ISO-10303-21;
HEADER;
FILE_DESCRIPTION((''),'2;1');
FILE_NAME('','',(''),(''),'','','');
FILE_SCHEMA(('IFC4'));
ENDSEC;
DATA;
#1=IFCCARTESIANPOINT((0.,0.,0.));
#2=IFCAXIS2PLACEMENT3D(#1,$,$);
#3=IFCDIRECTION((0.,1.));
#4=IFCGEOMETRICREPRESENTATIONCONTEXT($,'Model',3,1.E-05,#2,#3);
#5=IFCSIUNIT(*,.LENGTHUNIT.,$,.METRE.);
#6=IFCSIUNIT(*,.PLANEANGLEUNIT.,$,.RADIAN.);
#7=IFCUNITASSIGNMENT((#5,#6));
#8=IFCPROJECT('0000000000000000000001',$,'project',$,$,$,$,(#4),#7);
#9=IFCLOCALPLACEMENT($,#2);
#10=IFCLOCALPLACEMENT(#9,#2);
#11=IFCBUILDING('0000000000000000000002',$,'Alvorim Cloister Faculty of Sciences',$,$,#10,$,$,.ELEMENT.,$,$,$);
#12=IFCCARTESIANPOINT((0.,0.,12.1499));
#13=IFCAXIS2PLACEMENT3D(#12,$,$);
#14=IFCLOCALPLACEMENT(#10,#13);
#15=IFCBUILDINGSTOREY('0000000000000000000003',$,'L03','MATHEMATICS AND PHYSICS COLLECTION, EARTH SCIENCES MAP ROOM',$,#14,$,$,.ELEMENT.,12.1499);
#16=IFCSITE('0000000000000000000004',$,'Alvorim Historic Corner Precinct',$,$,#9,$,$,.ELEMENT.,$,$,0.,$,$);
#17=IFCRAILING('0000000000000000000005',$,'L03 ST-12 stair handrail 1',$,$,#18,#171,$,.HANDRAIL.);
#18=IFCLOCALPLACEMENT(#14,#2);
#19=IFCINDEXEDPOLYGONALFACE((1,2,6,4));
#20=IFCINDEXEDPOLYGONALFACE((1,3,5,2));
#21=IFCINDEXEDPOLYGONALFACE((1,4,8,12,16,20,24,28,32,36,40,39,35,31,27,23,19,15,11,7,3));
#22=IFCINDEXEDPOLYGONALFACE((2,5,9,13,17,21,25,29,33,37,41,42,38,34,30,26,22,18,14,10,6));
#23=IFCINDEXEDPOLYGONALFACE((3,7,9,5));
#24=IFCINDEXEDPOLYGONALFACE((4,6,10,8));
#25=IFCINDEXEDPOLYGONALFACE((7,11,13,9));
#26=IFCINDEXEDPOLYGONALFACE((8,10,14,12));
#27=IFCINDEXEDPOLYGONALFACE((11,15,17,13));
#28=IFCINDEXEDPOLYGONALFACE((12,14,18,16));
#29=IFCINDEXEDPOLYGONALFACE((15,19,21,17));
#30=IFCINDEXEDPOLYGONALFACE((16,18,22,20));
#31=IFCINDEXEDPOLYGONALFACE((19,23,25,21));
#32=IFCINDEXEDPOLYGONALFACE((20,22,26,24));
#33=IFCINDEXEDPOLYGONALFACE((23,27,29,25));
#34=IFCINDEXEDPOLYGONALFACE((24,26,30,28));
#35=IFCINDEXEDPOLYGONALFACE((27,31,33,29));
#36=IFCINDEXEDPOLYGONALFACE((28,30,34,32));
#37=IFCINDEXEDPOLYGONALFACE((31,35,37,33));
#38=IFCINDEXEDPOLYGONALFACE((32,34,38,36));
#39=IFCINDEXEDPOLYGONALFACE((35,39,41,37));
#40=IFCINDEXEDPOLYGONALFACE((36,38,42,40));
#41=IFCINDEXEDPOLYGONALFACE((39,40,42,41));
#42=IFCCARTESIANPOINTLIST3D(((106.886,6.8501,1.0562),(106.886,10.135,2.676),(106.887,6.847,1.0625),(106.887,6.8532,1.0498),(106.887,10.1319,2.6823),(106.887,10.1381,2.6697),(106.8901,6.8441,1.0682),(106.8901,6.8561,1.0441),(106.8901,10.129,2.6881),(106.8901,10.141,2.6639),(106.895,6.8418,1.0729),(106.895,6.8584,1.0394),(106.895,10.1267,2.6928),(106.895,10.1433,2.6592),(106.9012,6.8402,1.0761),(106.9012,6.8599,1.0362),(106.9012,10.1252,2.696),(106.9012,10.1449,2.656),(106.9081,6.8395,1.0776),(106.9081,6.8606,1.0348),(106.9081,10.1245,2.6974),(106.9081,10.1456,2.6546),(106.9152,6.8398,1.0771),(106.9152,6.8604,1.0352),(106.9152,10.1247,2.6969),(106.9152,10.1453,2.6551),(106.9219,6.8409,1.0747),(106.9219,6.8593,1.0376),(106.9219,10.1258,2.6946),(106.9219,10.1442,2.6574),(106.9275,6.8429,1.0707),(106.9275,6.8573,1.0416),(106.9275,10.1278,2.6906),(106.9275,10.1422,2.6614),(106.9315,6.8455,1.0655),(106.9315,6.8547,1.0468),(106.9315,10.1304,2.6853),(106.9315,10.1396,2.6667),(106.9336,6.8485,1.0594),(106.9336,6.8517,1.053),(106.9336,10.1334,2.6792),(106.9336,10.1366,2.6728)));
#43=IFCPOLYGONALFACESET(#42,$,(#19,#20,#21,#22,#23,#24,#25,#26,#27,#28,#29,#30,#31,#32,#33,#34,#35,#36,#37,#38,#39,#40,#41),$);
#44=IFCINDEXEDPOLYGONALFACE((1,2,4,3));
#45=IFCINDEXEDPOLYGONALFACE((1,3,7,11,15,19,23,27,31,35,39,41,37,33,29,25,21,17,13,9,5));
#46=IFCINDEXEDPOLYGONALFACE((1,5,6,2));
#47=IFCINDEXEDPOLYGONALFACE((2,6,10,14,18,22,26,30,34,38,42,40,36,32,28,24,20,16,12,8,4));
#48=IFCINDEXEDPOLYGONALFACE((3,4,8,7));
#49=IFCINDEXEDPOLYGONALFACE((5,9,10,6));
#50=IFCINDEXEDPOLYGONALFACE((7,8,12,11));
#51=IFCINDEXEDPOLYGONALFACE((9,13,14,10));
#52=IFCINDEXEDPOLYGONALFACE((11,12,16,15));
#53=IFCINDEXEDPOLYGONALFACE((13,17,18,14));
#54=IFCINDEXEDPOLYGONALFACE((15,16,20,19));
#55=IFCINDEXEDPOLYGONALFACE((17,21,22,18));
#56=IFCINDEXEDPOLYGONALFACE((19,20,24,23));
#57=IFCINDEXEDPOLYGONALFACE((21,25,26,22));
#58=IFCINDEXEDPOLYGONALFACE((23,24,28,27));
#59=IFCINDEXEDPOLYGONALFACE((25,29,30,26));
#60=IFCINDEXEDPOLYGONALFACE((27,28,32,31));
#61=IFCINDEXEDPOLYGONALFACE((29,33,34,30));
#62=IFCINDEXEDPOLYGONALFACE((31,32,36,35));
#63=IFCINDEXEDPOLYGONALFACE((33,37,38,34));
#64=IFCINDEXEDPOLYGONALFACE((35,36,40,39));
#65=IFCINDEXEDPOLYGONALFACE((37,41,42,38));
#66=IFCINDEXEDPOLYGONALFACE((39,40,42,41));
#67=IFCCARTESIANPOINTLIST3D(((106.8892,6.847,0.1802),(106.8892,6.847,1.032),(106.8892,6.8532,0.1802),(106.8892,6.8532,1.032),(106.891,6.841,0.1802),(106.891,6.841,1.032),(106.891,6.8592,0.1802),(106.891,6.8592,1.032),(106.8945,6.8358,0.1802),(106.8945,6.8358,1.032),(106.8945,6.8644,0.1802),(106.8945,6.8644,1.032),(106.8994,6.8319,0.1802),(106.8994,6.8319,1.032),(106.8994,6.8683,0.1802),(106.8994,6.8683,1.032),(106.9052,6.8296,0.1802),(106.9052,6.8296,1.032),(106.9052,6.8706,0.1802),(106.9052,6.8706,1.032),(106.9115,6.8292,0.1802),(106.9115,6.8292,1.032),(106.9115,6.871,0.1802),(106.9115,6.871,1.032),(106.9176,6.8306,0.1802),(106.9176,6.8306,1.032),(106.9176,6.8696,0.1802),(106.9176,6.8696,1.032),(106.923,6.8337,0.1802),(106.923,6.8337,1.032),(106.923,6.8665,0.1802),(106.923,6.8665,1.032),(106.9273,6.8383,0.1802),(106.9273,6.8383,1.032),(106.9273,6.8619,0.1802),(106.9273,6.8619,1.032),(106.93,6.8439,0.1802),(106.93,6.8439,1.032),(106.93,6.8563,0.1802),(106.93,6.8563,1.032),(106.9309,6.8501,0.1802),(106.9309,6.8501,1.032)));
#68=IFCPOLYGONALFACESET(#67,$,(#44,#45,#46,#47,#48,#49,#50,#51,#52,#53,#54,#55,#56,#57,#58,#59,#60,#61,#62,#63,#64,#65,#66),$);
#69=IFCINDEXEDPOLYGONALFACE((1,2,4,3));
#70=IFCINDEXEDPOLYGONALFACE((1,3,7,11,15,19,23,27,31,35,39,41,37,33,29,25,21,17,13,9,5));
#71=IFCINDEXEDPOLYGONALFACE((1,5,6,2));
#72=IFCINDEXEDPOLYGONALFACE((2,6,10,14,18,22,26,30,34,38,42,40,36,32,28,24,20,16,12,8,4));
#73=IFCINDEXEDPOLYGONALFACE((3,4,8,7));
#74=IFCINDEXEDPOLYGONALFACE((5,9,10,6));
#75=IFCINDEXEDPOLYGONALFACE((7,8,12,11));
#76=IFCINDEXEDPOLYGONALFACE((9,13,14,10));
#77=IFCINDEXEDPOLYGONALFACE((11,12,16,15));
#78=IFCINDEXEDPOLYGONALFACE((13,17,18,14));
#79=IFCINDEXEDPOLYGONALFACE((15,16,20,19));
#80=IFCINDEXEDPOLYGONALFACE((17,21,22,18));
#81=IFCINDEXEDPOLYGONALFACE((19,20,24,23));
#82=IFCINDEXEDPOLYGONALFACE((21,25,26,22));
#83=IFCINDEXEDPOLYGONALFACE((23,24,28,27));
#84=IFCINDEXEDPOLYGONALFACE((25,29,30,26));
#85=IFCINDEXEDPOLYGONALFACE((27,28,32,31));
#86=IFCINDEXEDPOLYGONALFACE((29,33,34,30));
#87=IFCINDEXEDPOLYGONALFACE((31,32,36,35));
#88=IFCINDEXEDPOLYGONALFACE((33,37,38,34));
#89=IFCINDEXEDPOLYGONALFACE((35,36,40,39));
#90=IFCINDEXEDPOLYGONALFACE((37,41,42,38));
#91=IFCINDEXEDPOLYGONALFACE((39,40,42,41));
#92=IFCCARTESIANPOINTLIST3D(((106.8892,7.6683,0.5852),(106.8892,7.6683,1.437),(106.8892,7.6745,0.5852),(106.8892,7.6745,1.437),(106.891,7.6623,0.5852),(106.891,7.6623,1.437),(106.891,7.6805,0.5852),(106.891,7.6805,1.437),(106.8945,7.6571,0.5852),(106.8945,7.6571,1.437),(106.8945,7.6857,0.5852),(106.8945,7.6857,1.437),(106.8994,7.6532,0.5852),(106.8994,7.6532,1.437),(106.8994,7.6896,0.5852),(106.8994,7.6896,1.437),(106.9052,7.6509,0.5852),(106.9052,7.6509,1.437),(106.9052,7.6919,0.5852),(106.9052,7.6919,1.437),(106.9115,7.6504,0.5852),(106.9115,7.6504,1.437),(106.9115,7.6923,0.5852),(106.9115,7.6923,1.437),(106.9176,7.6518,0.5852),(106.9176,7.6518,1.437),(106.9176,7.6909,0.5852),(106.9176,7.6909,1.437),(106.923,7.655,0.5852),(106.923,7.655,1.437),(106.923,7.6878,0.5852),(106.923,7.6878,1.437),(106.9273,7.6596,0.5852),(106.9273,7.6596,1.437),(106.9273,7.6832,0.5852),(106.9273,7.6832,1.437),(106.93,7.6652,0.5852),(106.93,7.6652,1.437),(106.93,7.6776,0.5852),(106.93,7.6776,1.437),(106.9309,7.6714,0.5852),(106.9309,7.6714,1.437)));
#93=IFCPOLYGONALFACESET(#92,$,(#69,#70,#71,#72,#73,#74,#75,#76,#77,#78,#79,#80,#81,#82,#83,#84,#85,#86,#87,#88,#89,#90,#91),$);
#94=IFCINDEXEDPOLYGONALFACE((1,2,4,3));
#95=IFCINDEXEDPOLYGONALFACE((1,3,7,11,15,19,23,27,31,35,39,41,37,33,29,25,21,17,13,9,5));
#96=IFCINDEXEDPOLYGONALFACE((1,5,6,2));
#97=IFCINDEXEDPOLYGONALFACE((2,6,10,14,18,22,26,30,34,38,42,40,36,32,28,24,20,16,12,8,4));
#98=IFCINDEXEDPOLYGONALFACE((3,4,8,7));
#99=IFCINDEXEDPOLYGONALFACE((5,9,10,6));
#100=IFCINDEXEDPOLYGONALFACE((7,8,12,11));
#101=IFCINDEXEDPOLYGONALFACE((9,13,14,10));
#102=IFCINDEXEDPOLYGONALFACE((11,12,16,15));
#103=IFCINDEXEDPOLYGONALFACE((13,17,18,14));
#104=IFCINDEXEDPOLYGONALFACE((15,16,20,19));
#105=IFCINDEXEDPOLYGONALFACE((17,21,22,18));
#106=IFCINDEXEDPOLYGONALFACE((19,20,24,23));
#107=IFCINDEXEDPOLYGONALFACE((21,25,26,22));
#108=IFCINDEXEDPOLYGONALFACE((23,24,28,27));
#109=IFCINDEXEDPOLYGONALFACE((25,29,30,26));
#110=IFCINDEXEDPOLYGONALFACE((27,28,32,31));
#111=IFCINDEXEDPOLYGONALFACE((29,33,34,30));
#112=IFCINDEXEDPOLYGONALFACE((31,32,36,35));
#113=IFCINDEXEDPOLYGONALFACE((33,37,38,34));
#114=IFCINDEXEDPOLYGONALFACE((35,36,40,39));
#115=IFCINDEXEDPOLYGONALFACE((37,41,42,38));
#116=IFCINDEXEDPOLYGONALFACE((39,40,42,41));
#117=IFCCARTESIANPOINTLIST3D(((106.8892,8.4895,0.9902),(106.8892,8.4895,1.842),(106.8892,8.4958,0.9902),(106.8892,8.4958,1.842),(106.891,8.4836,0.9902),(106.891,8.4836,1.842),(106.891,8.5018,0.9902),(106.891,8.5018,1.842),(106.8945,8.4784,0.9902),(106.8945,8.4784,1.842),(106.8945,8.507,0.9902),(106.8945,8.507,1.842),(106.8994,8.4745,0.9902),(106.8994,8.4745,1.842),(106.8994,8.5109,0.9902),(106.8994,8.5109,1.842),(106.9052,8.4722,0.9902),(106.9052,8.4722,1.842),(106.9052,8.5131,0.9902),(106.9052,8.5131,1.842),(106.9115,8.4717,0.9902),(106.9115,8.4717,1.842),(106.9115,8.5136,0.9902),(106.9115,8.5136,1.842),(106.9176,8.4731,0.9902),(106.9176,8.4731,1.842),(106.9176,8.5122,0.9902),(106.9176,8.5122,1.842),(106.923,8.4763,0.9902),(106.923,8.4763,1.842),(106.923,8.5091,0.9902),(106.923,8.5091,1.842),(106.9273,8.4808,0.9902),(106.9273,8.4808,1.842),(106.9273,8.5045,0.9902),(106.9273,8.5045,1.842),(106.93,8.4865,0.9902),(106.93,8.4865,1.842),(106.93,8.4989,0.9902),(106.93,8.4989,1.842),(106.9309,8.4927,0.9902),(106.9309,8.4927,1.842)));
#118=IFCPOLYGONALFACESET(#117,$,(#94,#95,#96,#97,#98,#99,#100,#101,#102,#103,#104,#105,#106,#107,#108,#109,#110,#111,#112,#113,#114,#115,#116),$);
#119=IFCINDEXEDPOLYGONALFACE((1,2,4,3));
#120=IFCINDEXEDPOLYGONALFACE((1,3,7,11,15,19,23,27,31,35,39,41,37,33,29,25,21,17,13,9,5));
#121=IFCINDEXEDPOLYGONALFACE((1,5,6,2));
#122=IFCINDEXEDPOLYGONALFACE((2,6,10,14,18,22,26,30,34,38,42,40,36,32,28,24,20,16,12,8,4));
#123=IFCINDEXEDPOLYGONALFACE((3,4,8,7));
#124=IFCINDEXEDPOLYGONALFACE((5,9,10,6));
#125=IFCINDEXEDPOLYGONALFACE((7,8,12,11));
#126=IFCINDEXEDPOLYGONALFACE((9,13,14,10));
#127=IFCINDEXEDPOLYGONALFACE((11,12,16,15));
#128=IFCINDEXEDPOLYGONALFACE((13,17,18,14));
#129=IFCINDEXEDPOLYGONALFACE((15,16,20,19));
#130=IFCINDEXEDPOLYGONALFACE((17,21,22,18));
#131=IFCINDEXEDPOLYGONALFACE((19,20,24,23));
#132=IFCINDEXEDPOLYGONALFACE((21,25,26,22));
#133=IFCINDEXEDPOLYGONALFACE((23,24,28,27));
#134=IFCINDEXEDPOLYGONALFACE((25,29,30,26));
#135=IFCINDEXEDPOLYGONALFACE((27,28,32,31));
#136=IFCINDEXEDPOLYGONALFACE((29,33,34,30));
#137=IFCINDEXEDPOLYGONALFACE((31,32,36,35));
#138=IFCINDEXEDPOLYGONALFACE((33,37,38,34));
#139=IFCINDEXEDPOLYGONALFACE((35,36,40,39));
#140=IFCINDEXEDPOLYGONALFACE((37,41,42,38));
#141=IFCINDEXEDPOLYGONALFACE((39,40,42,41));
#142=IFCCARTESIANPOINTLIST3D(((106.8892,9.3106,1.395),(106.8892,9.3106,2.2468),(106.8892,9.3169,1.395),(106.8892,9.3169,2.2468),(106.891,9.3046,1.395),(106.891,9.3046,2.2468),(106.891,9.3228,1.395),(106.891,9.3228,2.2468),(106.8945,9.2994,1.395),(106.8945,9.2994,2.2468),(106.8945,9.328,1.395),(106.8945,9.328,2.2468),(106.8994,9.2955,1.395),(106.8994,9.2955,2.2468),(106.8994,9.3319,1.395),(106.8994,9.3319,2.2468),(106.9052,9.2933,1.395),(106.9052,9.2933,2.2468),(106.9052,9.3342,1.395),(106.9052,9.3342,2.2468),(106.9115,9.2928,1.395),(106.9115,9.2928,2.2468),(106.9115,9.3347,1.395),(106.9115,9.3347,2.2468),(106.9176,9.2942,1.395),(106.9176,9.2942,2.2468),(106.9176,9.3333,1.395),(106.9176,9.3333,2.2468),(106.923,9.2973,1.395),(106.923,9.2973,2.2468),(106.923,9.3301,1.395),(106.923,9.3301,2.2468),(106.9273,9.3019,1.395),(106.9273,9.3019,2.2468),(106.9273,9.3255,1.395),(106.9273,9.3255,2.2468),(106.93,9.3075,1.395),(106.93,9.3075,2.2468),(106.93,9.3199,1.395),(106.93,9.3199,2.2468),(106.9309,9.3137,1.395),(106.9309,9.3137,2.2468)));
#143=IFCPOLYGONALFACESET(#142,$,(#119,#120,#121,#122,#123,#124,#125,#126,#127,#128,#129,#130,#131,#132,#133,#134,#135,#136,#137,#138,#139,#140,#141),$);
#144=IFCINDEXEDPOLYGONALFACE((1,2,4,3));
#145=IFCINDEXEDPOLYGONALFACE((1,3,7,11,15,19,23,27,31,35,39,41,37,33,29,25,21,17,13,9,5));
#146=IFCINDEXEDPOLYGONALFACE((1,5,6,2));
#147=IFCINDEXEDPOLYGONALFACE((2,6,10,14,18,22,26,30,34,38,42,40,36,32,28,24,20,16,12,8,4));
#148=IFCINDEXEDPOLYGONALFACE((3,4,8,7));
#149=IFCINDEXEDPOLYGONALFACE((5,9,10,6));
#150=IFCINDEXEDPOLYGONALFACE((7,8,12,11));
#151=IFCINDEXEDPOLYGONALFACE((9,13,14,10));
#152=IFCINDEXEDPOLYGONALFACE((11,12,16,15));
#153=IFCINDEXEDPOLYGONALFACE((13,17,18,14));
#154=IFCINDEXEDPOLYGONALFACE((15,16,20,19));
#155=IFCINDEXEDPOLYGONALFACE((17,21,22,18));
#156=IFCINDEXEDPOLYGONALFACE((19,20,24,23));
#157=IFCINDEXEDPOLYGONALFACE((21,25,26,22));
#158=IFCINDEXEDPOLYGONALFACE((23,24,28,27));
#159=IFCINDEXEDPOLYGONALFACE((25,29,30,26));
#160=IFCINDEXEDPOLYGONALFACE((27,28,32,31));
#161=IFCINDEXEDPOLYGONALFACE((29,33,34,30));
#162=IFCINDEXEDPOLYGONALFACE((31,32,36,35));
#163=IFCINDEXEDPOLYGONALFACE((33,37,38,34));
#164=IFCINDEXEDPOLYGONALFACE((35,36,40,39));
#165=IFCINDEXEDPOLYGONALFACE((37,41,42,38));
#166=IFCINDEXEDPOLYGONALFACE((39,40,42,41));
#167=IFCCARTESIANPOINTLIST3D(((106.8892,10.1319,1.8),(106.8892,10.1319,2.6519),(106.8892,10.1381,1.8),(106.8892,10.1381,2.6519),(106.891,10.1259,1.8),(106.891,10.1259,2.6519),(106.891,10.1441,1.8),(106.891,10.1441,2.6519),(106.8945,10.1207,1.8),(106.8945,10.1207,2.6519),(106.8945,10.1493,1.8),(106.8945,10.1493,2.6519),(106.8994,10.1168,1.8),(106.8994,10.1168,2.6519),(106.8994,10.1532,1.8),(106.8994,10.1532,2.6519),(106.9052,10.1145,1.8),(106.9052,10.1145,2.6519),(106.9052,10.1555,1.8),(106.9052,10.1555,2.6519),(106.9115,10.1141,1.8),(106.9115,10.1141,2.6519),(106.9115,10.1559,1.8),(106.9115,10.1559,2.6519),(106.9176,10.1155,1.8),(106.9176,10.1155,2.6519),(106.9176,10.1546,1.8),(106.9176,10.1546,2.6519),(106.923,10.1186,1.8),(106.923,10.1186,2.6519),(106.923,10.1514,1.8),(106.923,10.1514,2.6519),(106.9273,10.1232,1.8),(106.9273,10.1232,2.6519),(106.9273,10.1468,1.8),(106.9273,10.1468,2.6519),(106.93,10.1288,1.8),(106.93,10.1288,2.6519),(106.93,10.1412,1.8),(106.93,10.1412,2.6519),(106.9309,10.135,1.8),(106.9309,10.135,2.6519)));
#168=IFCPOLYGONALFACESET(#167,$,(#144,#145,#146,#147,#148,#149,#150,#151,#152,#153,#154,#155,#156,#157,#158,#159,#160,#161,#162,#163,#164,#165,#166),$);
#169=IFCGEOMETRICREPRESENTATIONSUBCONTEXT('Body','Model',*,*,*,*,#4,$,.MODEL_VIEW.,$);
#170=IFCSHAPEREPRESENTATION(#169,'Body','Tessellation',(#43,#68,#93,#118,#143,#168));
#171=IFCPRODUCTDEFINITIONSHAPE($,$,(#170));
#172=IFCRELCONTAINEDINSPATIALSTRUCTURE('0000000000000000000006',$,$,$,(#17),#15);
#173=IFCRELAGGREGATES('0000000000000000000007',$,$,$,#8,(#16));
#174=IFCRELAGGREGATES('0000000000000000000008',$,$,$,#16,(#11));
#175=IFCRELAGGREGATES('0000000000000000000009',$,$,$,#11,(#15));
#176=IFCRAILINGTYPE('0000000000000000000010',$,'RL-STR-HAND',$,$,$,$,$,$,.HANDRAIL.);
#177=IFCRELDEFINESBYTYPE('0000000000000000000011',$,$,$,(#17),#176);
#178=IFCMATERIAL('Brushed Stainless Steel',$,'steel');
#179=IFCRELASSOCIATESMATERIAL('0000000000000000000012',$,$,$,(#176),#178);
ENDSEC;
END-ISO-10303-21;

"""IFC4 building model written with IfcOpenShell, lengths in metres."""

from ifc_helpers import new_model, si_unit, direction, frame, origin, origin_2d, place, context, subcontext, project, spatial, circle, extrude, material, type_object, element, save


model = new_model("IFC4")

# Units and contexts
model_context = context("Model", 3, precision=1e-05, world=origin(), true_north=direction((0.0, 1.0)))
body_context = subcontext(model_context, "Body", "Model", "MODEL_VIEW")
ifc_project = project(units=[si_unit("LENGTHUNIT", "METRE"), si_unit("PLANEANGLEUNIT", "RADIAN")], contexts=[model_context])

# Site, building, storey
site_placement = place(None, origin())
site = spatial("IfcSite", under=ifc_project, at=site_placement, Name="Alvorim Historic Corner Precinct", CompositionType="ELEMENT", RefElevation=0.0)
building_placement = place(site_placement, origin())
building = spatial("IfcBuilding", under=site, at=building_placement, Name="Alvorim Cloister Faculty of Sciences", CompositionType="ELEMENT")
storey_placement = place(building_placement, frame((0.0, 0.0, 12.1499)))
storey = spatial("IfcBuildingStorey", under=building, at=storey_placement, Name="L03", Description="MATHEMATICS AND PHYSICS COLLECTION, EARTH SCIENCES MAP ROOM", CompositionType="ELEMENT", Elevation=12.1499)

# Railing
ifc_material_1 = material(Name="Brushed Stainless Steel", Category="steel")
railing_type_1 = type_object("IfcRailingType", Name="RL-STR-HAND", PredefinedType="HANDRAIL", material=ifc_material_1)
railing_1_placement = place(storey_placement, frame((106.9099, 6.8501, 0.1802)))
element("IfcRailing", 1, at=railing_1_placement, inside=storey, type_object=railing_type_1, Name="L03 ST-12 stair handrail 1", PredefinedType="HANDRAIL", context=body_context, shape_type="SweptSolid", body=[
    extrude(circle(Radius=0.0239, at=origin_2d()), frame((0.0, 0.0, 0.876), z_axis=(0.0, 0.89688, 0.442274), x_axis=(-1.0, 0.0, 0.0)), (0.0, 0.0, 1.0), 3.6626),
    extrude(circle(Radius=0.021, at=origin_2d()), origin(), (0.0, 0.0, 1.0), 0.8518),
    extrude(circle(Radius=0.021, at=origin_2d()), frame((0.0, 0.8213, 0.405)), (0.0, 0.0, 1.0), 0.8518),
    extrude(circle(Radius=0.021, at=origin_2d()), frame((0.0, 1.6426, 0.8101)), (0.0, 0.0, 1.0), 0.8518),
    extrude(circle(Radius=0.021, at=origin_2d()), frame((0.0, 2.4636, 1.2148)), (0.0, 0.0, 1.0), 0.8518),
    extrude(circle(Radius=0.021, at=origin_2d()), frame((0.0, 3.2849, 1.6199)), (0.0, 0.0, 1.0), 0.8518),
])

save(model, "model.ifc")
